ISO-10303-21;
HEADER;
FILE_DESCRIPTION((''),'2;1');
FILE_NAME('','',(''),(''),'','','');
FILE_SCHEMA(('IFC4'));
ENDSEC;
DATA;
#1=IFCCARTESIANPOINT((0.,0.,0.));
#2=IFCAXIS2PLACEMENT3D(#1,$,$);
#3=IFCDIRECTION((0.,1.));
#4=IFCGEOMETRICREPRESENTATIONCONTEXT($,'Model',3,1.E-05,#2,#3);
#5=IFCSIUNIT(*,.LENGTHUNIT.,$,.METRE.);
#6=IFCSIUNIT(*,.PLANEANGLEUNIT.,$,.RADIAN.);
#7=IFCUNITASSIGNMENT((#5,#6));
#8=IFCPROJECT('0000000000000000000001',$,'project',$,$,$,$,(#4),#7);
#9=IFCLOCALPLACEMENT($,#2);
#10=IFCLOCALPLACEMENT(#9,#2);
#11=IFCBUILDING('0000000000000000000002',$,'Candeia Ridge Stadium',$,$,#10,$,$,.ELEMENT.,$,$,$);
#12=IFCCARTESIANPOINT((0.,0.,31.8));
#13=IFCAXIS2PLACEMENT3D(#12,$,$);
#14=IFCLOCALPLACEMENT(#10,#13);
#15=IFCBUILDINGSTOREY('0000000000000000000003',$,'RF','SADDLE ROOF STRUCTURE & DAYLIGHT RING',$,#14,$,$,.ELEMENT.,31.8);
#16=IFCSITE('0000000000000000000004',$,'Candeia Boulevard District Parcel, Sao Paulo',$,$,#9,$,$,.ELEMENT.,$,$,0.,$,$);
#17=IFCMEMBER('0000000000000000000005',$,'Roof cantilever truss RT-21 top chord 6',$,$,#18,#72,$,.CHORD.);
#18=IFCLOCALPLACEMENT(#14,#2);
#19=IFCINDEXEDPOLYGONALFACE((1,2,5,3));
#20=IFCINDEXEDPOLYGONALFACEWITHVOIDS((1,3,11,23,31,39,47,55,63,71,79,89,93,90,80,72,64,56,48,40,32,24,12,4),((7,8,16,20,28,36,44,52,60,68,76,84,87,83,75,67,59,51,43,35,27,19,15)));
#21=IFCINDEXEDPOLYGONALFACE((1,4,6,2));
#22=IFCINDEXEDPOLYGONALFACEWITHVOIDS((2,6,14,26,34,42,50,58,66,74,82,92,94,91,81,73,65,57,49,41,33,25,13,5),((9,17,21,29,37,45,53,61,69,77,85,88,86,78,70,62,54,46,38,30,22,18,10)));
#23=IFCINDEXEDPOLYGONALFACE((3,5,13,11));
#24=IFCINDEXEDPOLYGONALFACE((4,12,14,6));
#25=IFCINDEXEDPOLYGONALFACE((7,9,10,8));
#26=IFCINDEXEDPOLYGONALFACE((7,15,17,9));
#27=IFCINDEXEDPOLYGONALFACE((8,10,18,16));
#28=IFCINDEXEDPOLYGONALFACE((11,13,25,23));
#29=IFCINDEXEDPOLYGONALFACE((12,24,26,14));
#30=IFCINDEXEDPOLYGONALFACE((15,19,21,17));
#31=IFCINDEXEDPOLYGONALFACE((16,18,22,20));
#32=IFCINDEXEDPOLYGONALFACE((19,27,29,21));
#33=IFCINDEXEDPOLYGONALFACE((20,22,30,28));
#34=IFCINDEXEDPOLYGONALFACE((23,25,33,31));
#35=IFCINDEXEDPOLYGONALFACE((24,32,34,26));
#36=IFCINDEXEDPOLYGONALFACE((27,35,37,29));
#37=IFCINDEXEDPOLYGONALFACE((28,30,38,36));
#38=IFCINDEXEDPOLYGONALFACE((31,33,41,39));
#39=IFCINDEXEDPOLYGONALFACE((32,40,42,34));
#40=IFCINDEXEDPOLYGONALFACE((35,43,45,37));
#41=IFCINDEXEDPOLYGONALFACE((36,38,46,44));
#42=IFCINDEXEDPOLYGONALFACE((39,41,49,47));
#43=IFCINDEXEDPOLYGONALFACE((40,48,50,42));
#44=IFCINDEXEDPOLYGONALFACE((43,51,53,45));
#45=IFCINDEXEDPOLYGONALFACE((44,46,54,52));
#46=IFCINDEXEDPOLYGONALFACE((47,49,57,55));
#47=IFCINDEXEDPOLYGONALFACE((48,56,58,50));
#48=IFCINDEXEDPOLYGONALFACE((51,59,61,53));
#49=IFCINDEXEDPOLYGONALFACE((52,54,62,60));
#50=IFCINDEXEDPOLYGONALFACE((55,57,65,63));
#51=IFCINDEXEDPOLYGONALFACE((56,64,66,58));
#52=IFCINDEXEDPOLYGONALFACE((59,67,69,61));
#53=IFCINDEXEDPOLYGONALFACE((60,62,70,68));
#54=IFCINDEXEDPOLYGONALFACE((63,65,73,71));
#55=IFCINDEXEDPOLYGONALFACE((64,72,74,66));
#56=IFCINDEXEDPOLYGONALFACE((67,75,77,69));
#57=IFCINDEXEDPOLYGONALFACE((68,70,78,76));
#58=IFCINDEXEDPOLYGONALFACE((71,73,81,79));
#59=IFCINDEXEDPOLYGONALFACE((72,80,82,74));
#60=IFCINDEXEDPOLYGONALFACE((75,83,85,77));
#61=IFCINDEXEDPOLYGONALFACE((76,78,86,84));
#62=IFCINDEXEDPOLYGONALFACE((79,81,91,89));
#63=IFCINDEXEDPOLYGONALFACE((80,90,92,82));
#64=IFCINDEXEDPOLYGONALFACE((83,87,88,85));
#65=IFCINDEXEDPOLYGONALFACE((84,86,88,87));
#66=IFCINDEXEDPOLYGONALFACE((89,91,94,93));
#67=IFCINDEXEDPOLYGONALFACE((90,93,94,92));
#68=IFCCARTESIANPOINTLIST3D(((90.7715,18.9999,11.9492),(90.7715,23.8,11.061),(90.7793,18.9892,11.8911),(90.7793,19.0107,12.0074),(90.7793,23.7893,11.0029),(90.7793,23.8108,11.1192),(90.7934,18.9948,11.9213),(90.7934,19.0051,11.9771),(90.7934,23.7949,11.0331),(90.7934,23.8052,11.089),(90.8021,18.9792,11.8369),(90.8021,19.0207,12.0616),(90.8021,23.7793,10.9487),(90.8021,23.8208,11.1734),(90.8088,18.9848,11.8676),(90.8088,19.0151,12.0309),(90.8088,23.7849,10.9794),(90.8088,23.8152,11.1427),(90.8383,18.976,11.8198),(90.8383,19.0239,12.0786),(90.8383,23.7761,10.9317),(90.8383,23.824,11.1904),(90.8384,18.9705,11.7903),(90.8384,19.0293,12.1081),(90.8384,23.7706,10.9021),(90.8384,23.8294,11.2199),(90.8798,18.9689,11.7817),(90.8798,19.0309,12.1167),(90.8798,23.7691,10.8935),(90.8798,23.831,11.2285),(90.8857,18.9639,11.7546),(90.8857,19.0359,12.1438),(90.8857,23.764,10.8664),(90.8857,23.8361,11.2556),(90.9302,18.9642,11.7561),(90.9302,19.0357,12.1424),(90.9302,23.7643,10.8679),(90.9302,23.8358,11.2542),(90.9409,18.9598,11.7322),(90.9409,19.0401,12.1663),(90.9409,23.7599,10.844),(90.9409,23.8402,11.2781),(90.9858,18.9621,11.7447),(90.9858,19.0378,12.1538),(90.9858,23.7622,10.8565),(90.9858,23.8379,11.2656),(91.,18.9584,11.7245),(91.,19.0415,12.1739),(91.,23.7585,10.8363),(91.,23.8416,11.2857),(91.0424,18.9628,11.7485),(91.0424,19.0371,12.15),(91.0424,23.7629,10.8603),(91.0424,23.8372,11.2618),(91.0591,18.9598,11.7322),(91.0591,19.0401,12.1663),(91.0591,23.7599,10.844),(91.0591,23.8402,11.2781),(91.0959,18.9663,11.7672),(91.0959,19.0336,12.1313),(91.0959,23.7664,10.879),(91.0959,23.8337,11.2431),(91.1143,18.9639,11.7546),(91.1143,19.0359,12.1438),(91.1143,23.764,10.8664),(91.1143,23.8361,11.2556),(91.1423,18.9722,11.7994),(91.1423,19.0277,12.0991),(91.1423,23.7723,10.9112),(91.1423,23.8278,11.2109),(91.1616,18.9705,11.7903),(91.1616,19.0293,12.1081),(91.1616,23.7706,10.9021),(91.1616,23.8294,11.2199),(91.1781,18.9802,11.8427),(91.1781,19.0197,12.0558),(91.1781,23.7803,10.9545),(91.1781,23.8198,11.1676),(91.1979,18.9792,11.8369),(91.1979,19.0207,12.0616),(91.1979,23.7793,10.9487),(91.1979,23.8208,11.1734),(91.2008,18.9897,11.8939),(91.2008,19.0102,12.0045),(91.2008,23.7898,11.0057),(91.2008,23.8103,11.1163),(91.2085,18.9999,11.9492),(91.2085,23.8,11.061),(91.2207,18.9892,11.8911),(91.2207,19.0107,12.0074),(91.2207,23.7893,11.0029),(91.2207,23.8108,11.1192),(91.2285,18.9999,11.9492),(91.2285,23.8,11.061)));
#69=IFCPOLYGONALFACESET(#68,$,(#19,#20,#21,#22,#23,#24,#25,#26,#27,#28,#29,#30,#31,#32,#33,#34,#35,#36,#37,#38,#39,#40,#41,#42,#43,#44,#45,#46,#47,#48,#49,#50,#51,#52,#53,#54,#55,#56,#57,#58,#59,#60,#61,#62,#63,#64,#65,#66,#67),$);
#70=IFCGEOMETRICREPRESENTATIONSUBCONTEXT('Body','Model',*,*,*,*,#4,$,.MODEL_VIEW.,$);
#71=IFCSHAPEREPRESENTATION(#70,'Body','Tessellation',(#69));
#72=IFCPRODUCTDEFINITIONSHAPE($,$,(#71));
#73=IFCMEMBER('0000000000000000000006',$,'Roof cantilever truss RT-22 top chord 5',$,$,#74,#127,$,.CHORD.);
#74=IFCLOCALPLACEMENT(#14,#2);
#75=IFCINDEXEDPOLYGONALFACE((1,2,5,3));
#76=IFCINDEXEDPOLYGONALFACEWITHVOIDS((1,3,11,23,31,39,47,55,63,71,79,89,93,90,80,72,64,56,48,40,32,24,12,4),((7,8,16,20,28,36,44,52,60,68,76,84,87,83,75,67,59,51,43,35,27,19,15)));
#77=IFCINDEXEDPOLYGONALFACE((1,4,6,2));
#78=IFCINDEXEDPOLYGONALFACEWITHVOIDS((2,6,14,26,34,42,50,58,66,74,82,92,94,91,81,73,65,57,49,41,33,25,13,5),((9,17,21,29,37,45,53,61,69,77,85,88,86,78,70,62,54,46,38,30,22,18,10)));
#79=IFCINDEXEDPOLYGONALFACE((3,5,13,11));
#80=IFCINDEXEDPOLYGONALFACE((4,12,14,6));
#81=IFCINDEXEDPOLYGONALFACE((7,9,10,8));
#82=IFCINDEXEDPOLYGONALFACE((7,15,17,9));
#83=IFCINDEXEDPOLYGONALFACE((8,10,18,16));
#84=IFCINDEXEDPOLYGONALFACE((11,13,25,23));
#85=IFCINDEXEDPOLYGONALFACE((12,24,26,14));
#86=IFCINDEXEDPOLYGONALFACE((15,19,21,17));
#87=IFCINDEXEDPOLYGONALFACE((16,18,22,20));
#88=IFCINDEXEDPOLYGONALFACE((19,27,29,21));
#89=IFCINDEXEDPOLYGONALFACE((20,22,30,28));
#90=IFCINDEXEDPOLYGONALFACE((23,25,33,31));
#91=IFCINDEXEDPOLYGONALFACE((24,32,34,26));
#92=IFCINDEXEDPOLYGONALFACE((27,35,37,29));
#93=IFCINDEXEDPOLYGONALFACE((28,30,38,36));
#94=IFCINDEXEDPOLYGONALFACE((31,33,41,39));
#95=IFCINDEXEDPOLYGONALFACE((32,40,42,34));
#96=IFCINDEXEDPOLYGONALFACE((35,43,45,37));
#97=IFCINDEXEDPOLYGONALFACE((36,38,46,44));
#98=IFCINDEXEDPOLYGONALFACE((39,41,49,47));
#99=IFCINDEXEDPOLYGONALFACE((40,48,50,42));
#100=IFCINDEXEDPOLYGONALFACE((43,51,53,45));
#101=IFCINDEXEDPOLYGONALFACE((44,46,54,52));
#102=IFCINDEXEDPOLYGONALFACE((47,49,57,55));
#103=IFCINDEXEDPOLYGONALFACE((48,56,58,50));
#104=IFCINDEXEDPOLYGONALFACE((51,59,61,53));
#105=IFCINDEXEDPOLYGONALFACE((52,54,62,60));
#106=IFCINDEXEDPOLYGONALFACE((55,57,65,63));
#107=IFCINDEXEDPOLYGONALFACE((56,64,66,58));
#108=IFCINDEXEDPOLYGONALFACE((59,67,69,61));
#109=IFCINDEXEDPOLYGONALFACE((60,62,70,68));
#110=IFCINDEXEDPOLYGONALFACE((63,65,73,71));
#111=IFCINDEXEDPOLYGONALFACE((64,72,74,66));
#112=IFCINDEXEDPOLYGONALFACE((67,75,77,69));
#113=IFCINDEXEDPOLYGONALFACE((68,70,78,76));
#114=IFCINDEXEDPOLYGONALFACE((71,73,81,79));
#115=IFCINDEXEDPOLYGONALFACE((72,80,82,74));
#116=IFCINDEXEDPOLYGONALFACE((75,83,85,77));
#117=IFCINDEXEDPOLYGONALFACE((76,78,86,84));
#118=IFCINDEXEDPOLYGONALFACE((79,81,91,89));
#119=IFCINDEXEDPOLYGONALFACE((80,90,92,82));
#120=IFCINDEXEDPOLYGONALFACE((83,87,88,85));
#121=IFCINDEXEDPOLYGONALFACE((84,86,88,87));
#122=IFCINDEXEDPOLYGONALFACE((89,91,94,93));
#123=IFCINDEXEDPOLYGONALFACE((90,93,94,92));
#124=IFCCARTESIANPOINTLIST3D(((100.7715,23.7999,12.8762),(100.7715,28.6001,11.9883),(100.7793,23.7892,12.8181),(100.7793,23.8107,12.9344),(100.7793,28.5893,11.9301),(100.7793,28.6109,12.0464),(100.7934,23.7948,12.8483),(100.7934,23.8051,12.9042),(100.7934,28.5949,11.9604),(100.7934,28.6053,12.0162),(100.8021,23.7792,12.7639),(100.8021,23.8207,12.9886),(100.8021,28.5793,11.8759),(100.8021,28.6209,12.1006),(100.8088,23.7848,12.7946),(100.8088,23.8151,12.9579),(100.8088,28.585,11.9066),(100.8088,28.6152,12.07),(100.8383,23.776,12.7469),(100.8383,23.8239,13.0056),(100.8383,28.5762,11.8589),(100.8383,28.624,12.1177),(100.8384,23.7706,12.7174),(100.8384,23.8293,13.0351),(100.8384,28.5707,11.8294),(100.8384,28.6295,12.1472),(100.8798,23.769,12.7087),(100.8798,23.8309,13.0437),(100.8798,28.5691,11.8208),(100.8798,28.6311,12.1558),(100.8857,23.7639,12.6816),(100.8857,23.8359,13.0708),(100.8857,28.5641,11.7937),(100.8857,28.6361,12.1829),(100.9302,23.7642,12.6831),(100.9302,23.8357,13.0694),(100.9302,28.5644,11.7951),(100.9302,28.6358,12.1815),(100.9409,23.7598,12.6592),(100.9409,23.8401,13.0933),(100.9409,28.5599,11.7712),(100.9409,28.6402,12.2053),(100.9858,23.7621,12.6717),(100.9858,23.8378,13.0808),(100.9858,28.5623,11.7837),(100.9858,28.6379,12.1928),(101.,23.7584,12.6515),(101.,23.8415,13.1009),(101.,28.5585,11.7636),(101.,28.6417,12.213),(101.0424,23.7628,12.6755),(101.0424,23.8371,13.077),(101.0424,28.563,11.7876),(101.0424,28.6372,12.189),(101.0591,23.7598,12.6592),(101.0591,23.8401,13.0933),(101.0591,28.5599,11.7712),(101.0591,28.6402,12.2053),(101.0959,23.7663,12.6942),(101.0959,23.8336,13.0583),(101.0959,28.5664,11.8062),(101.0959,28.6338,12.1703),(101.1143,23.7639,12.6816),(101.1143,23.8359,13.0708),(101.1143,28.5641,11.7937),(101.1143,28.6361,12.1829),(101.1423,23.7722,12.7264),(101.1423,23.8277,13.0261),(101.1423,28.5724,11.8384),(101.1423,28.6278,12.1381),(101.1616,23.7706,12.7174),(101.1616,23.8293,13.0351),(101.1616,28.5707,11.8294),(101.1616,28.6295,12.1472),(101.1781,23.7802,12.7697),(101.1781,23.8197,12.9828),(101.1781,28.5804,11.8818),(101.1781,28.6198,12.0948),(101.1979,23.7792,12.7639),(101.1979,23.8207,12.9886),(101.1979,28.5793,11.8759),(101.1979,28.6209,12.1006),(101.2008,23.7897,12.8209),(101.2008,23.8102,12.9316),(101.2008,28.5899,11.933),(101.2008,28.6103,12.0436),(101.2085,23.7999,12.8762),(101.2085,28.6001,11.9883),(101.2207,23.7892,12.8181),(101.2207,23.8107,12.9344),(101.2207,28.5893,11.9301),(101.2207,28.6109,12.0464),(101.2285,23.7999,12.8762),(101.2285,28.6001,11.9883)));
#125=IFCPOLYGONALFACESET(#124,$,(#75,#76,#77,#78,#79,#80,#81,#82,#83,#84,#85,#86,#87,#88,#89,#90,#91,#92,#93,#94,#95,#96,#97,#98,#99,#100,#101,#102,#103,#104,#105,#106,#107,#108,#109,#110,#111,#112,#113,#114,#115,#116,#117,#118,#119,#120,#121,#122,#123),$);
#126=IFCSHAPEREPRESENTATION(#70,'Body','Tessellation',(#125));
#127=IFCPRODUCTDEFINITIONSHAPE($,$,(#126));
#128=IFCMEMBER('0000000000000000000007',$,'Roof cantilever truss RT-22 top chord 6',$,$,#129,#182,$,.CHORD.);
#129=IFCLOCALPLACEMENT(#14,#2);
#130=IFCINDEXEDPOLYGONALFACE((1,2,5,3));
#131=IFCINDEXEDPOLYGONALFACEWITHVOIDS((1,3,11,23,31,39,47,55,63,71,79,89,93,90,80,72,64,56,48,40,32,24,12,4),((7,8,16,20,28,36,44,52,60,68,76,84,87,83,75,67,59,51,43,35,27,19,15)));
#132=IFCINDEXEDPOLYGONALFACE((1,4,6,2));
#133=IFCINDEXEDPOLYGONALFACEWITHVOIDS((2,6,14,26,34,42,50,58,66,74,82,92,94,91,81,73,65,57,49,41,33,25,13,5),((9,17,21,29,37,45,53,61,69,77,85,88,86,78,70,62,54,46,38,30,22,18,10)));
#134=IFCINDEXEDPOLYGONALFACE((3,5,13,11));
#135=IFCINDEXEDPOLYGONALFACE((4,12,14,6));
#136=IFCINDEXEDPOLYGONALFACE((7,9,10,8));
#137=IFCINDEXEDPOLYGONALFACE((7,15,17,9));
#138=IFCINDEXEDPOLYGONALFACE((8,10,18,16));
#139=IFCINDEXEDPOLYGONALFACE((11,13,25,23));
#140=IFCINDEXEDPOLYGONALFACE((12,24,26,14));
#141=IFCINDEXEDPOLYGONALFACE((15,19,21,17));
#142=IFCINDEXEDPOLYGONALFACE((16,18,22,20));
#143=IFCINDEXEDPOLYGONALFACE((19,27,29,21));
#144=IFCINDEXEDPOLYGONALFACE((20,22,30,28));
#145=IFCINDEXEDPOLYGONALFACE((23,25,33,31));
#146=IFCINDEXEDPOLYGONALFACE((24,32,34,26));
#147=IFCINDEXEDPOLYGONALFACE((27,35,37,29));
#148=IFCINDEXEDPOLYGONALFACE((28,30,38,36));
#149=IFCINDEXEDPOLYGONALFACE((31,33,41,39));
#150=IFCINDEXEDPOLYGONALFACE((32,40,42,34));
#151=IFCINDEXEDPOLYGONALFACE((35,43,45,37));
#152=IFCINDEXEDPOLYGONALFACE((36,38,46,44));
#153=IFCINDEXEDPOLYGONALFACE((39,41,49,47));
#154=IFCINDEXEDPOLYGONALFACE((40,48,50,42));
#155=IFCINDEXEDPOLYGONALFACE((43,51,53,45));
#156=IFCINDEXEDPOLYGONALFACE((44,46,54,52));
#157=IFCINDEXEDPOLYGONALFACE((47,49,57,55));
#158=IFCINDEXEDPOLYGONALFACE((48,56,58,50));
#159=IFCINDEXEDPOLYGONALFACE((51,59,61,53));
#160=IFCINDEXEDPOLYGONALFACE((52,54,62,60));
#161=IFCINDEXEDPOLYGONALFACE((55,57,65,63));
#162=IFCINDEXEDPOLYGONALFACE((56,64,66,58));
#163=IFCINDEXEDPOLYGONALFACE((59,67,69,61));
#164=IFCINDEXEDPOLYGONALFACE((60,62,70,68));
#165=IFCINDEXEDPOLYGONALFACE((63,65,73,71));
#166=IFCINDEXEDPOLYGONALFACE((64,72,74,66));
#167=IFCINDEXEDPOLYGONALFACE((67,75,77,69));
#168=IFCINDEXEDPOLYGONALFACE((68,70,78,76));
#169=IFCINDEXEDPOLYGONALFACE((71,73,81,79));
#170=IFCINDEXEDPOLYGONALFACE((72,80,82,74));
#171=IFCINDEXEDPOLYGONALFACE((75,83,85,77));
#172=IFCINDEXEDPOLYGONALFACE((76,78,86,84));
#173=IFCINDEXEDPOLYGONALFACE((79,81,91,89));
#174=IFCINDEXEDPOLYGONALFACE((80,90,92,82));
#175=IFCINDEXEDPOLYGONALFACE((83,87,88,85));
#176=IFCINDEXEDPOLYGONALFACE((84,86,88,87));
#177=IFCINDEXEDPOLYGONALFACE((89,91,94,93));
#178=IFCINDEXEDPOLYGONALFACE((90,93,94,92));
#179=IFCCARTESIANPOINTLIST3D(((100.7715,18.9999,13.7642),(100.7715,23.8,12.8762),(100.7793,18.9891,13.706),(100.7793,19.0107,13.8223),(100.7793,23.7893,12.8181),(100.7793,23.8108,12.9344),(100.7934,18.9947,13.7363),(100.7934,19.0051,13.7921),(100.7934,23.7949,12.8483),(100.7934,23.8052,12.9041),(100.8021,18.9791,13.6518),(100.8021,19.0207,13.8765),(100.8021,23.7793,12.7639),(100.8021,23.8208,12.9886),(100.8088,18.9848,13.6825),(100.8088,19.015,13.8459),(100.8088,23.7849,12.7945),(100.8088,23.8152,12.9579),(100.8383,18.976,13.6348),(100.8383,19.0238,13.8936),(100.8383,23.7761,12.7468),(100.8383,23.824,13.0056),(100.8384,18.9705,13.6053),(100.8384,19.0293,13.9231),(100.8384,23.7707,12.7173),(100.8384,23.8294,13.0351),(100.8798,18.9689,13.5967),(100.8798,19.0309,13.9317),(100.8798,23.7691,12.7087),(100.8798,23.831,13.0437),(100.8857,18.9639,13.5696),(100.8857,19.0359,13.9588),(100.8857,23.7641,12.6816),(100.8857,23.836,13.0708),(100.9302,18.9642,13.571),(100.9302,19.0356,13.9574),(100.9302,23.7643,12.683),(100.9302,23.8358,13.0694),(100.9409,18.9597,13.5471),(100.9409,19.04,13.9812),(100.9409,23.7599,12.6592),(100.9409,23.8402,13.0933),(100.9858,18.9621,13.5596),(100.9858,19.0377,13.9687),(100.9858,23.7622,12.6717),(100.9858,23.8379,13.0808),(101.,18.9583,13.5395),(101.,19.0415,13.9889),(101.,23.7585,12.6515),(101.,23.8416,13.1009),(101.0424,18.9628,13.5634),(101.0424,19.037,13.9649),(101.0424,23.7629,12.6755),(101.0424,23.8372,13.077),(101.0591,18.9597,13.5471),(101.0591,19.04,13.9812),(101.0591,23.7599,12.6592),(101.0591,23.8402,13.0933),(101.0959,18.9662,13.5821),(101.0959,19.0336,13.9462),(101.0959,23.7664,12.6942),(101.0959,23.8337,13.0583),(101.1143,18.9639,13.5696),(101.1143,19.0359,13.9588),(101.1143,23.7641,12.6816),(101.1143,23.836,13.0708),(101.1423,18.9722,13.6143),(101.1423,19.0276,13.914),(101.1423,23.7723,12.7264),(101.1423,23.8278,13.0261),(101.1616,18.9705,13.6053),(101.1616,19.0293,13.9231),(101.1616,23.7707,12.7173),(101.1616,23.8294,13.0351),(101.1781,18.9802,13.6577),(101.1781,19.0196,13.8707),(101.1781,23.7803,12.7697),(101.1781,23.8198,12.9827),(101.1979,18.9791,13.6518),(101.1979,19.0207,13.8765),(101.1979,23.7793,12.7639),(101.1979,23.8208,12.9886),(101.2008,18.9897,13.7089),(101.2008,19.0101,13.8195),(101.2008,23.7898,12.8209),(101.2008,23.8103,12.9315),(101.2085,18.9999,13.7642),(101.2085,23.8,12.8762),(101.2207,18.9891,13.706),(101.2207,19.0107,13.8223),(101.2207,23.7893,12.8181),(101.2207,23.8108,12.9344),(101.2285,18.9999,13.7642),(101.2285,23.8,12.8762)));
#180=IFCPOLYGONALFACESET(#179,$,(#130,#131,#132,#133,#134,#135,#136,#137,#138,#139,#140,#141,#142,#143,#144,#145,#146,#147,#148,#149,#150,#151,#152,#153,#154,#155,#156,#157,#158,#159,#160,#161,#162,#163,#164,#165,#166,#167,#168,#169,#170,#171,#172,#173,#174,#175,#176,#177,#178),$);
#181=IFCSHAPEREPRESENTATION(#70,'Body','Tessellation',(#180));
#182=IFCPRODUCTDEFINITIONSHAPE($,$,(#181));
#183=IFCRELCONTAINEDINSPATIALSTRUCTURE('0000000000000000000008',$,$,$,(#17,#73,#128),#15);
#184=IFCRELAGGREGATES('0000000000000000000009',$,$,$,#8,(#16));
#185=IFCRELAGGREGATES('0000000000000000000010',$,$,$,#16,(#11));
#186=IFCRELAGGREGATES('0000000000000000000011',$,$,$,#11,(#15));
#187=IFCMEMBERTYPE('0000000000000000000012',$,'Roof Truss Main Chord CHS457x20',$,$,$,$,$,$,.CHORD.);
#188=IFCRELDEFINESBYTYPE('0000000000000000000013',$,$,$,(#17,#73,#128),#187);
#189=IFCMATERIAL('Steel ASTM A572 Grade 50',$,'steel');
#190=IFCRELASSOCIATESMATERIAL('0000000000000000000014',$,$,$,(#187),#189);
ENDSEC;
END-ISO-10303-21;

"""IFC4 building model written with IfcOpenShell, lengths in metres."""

from ifc_helpers import new_model, si_unit, direction, frame, origin, origin_2d, place, context, subcontext, project, spatial, hollow_circle, extrude, material, material_profile, profile_set, type_object, element, save


model = new_model("IFC4")

# Units and contexts
model_context = context("Model", 3, precision=1e-05, world=origin(), true_north=direction((0.0, 1.0)))
body_context = subcontext(model_context, "Body", "Model", "MODEL_VIEW")
ifc_project = project(units=[si_unit("LENGTHUNIT", "METRE"), si_unit("PLANEANGLEUNIT", "RADIAN")], contexts=[model_context])

# Site, building, storey
site_placement = place(None, origin())
site = spatial("IfcSite", under=ifc_project, at=site_placement, Name="Candeia Boulevard District Parcel, Sao Paulo", CompositionType="ELEMENT", RefElevation=0.0)
building_placement = place(site_placement, origin())
building = spatial("IfcBuilding", under=site, at=building_placement, Name="Candeia Ridge Stadium", CompositionType="ELEMENT")
storey_placement = place(building_placement, frame((0.0, 0.0, 31.8)))
storey = spatial("IfcBuildingStorey", under=building, at=storey_placement, Name="RF", Description="SADDLE ROOF STRUCTURE & DAYLIGHT RING", CompositionType="ELEMENT", Elevation=31.8)

# Shared definitions
ifc_material = material(Name="Steel ASTM A572 Grade 50", Category="steel")

# Members
ifc_material_profile_1 = material_profile(ifc_material, hollow_circle(Radius=0.2285, WallThickness=0.02, at=origin_2d()), Name="CHS457x20", Category="steel")
ifc_profile_set_1 = profile_set([ifc_material_profile_1], Name="Steel ASTM A572 Grade 50")
member_type_1 = type_object("IfcMemberType", Name="Roof Truss Main Chord CHS457x20", PredefinedType="CHORD", material=ifc_profile_set_1)
for number, where, z_axis, x_axis, name in (
    (1, (91.0, 23.8, 11.061), (0.0, -0.983308, 0.181948), (1.0, 0.0, 0.0), "Roof cantilever truss RT-21 top chord 6"),
    (2, (101.0, 28.6001, 11.9883), (0.0, -0.983317, 0.181899), (1.0, 0.0, 0.0), "Roof cantilever truss RT-22 top chord 5"),
    (3, (101.0, 23.8, 12.8762), (0.0, -0.983317, 0.181899), (1.0, 0.0, 0.0), "Roof cantilever truss RT-22 top chord 6"),
):
    element("IfcMember", number, at=place(storey_placement, frame(where, z_axis=z_axis, x_axis=x_axis)), inside=storey, type_object=member_type_1, Name=name, PredefinedType="CHORD", context=body_context, shape_type="SweptSolid", body=[
        extrude(hollow_circle(Radius=0.2285, WallThickness=0.02, at=origin_2d()), origin(), (0.0, 0.0, 1.0), 4.8816),
    ])

save(model, "model.ifc")
